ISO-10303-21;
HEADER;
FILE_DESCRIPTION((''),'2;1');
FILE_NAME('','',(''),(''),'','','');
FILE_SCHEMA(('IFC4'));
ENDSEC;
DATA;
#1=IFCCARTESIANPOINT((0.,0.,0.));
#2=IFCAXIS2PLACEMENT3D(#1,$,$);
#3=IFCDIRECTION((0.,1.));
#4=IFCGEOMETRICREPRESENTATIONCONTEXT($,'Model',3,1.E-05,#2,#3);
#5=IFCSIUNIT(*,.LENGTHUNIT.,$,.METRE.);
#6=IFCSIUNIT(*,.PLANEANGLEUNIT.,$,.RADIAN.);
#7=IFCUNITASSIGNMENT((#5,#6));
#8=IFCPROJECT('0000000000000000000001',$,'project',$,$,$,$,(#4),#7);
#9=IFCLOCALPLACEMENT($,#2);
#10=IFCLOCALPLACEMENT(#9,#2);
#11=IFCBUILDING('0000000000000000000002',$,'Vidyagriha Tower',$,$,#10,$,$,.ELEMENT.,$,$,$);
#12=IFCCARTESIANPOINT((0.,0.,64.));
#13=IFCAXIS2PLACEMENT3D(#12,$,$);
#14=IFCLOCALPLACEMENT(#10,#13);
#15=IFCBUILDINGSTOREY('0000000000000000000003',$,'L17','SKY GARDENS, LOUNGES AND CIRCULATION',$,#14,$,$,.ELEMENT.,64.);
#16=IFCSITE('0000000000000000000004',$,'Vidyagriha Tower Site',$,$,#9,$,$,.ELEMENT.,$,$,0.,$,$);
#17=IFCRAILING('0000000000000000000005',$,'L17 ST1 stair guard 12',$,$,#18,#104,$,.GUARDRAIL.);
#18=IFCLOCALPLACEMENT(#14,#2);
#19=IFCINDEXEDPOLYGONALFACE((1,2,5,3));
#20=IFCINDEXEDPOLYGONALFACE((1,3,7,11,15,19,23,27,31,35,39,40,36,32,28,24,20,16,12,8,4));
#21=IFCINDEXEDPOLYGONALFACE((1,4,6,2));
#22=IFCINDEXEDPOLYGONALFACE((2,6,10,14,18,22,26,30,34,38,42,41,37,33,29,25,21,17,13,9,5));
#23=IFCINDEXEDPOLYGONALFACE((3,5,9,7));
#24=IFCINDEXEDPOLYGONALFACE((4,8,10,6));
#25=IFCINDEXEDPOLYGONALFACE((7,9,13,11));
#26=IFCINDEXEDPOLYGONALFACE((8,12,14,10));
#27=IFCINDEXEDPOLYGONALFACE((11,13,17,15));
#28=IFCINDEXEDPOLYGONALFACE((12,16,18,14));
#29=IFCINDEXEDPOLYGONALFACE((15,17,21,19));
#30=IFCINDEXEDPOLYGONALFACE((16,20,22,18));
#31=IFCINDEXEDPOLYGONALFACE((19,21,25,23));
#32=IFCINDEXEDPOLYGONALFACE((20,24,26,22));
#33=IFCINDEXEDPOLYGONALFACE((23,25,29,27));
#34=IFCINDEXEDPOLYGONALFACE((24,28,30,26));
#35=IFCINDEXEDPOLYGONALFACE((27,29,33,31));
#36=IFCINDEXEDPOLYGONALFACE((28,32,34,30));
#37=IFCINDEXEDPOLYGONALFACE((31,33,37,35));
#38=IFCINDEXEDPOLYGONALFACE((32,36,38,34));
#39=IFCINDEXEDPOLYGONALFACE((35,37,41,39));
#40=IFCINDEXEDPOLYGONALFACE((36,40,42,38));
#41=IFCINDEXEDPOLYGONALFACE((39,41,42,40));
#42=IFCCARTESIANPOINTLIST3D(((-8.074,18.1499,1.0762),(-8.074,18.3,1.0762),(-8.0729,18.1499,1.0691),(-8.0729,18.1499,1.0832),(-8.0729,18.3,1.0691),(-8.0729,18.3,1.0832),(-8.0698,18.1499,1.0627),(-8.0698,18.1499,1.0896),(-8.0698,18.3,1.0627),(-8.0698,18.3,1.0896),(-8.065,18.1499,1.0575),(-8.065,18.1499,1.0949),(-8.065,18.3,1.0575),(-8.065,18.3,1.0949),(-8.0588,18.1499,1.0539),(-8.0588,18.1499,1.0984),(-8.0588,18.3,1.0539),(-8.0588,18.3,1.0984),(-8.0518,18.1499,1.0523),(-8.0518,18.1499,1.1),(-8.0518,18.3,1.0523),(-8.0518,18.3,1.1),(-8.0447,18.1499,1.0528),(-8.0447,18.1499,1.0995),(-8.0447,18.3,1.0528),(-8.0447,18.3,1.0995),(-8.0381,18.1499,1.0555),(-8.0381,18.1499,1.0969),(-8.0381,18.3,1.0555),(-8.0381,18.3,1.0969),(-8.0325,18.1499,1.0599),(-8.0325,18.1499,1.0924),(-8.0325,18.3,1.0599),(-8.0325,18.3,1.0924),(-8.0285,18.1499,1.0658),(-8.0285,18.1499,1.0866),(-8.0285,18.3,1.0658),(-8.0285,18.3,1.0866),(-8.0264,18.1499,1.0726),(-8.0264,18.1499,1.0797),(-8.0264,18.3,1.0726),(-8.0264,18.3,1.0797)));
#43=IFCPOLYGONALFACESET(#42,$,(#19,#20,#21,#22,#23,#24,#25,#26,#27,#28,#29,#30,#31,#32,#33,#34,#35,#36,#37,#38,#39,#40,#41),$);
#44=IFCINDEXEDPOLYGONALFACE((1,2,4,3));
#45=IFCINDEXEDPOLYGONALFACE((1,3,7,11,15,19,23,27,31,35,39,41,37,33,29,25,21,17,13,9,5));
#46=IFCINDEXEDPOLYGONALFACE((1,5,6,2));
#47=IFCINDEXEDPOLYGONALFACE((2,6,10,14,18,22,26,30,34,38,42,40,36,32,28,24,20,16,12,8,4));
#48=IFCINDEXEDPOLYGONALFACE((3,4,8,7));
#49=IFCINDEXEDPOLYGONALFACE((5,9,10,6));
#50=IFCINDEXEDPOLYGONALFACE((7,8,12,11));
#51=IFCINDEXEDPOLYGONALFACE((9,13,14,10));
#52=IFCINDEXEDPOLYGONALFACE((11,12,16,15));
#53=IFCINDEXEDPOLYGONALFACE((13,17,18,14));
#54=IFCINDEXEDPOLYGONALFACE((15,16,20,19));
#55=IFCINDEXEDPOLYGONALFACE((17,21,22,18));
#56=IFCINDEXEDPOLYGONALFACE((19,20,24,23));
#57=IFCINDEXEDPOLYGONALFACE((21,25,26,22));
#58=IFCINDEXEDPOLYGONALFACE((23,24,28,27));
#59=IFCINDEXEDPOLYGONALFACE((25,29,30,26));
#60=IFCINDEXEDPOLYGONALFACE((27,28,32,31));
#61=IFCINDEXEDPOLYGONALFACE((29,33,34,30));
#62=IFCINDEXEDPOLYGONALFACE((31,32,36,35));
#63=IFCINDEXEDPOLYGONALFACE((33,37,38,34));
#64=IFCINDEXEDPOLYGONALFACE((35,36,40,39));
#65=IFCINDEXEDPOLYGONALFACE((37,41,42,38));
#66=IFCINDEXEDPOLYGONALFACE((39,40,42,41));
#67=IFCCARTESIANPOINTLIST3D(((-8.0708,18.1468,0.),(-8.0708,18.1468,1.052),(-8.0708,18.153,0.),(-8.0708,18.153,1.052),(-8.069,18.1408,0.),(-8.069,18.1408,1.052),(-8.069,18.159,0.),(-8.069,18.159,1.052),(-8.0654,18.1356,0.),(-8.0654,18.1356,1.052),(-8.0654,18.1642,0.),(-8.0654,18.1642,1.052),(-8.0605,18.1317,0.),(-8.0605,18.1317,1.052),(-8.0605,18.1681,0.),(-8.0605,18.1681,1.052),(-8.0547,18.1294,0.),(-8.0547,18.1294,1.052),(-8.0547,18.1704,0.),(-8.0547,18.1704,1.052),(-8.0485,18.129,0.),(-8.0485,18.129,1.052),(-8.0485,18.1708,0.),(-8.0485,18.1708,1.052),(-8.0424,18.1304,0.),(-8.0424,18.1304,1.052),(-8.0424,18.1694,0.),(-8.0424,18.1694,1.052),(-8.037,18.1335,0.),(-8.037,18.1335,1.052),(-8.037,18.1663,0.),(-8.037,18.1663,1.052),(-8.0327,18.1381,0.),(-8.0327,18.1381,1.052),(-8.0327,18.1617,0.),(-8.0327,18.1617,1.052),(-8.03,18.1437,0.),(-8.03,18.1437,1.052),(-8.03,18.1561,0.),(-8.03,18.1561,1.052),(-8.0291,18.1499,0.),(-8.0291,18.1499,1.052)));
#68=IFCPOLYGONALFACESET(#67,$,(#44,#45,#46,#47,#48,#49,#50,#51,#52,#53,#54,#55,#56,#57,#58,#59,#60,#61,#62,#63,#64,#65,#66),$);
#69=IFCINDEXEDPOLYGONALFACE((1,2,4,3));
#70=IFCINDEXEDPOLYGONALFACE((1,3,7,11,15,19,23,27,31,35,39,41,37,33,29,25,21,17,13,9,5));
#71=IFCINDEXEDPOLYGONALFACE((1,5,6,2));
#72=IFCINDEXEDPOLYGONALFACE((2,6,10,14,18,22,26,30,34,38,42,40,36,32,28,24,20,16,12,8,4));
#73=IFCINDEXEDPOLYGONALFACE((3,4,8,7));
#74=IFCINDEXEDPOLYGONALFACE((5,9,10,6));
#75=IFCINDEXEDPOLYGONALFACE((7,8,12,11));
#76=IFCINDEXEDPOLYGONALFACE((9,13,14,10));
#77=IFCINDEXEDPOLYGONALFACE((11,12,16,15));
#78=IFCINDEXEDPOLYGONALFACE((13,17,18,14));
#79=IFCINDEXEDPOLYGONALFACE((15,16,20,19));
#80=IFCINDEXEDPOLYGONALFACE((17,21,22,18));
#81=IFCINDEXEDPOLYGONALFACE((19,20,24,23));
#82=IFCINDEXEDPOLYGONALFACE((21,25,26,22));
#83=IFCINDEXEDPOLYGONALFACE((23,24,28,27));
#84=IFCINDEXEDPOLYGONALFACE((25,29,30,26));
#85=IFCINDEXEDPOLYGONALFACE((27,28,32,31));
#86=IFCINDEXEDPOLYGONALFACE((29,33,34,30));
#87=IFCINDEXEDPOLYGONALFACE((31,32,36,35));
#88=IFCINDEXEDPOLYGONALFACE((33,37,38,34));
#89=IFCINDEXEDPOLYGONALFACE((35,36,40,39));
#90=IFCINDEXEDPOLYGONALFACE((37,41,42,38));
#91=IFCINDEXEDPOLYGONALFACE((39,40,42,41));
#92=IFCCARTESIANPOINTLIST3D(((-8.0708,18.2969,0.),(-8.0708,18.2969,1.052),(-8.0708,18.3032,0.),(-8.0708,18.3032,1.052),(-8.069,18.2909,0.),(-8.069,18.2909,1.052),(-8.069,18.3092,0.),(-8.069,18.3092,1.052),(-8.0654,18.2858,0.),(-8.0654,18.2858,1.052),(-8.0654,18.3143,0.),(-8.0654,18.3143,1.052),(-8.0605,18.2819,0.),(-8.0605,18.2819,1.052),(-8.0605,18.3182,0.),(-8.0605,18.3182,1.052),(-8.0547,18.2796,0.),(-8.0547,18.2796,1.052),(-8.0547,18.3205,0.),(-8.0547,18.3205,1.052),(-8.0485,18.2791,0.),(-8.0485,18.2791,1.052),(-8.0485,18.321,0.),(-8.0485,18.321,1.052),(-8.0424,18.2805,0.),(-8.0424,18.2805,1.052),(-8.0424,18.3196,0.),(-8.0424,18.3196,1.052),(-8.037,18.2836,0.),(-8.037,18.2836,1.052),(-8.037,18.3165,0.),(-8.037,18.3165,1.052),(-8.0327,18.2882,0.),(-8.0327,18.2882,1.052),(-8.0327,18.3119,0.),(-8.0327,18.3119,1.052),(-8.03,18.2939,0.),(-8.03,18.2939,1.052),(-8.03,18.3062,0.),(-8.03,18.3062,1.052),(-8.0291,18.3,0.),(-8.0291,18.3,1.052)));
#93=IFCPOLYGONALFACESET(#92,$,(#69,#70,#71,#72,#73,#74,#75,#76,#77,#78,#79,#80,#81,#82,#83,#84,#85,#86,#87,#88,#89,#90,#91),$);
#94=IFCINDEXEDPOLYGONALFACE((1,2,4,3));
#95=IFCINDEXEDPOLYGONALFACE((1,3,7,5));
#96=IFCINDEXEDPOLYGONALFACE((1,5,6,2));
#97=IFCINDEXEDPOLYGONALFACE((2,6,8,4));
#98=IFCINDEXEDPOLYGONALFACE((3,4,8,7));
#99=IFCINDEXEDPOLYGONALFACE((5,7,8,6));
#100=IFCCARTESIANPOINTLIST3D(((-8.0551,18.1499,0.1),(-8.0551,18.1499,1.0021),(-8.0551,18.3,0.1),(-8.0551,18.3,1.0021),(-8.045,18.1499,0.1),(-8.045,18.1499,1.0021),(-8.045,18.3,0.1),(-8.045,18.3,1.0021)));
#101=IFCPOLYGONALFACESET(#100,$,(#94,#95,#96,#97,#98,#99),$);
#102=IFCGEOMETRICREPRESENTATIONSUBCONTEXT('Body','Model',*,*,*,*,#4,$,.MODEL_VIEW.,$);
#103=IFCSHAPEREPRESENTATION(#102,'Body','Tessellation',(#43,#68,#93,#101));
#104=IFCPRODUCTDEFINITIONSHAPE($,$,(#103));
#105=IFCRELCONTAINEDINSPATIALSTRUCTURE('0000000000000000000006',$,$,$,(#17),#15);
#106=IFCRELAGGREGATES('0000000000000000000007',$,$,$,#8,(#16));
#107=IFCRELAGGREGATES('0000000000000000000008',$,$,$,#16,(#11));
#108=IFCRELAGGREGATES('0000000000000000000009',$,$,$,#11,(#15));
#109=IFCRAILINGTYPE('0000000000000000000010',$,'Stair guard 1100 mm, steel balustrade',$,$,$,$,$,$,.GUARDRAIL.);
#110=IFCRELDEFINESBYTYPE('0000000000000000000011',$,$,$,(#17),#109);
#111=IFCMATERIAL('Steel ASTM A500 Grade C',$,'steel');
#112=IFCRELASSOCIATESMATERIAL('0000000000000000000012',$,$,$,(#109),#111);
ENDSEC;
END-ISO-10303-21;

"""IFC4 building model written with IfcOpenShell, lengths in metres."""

from ifc_helpers import new_model, si_unit, direction, frame, origin, origin_2d, place, context, subcontext, project, spatial, rectangle, circle, extrude, material, type_object, element, save


model = new_model("IFC4")

# Units and contexts
model_context = context("Model", 3, precision=1e-05, world=origin(), true_north=direction((0.0, 1.0)))
body_context = subcontext(model_context, "Body", "Model", "MODEL_VIEW")
ifc_project = project(units=[si_unit("LENGTHUNIT", "METRE"), si_unit("PLANEANGLEUNIT", "RADIAN")], contexts=[model_context])

# Site, building, storey
site_placement = place(None, origin())
site = spatial("IfcSite", under=ifc_project, at=site_placement, Name="Vidyagriha Tower Site", CompositionType="ELEMENT", RefElevation=0.0)
building_placement = place(site_placement, origin())
building = spatial("IfcBuilding", under=site, at=building_placement, Name="Vidyagriha Tower", CompositionType="ELEMENT")
storey_placement = place(building_placement, frame((0.0, 0.0, 64.0)))
storey = spatial("IfcBuildingStorey", under=building, at=storey_placement, Name="L17", Description="SKY GARDENS, LOUNGES AND CIRCULATION", CompositionType="ELEMENT", Elevation=64.0)

# Railing
ifc_material_1 = material(Name="Steel ASTM A500 Grade C", Category="steel")
railing_type_1 = type_object("IfcRailingType", Name="Stair guard 1100 mm, steel balustrade", PredefinedType="GUARDRAIL", material=ifc_material_1)
railing_1_placement = place(storey_placement, frame((-8.05, 18.1499, 0.0)))
element("IfcRailing", 1, at=railing_1_placement, inside=storey, type_object=railing_type_1, Name="L17 ST1 stair guard 12", PredefinedType="GUARDRAIL", context=body_context, shape_type="SweptSolid", body=[
    extrude(circle(Radius=0.0239, at=origin_2d()), frame((0.0, 0.0, 1.0762), z_axis=(0.0, 1.0, 0.0), x_axis=(-1.0, 0.0, 0.0)), (0.0, 0.0, 1.0), 0.1501),
    extrude(circle(Radius=0.021, at=origin_2d()), origin(), (0.0, 0.0, 1.0), 1.052),
    extrude(circle(Radius=0.021, at=origin_2d()), frame((0.0, 0.1501, 0.0)), (0.0, 0.0, 1.0), 1.052),
    extrude(rectangle(XDim=0.01, YDim=0.9021, at=origin_2d()), frame((0.0, 0.0, 0.551), z_axis=(0.0, 1.0, 0.0), x_axis=(-1.0, 0.0, 0.0)), (0.0, 0.0, 1.0), 0.1501),
])

save(model, "model.ifc")
